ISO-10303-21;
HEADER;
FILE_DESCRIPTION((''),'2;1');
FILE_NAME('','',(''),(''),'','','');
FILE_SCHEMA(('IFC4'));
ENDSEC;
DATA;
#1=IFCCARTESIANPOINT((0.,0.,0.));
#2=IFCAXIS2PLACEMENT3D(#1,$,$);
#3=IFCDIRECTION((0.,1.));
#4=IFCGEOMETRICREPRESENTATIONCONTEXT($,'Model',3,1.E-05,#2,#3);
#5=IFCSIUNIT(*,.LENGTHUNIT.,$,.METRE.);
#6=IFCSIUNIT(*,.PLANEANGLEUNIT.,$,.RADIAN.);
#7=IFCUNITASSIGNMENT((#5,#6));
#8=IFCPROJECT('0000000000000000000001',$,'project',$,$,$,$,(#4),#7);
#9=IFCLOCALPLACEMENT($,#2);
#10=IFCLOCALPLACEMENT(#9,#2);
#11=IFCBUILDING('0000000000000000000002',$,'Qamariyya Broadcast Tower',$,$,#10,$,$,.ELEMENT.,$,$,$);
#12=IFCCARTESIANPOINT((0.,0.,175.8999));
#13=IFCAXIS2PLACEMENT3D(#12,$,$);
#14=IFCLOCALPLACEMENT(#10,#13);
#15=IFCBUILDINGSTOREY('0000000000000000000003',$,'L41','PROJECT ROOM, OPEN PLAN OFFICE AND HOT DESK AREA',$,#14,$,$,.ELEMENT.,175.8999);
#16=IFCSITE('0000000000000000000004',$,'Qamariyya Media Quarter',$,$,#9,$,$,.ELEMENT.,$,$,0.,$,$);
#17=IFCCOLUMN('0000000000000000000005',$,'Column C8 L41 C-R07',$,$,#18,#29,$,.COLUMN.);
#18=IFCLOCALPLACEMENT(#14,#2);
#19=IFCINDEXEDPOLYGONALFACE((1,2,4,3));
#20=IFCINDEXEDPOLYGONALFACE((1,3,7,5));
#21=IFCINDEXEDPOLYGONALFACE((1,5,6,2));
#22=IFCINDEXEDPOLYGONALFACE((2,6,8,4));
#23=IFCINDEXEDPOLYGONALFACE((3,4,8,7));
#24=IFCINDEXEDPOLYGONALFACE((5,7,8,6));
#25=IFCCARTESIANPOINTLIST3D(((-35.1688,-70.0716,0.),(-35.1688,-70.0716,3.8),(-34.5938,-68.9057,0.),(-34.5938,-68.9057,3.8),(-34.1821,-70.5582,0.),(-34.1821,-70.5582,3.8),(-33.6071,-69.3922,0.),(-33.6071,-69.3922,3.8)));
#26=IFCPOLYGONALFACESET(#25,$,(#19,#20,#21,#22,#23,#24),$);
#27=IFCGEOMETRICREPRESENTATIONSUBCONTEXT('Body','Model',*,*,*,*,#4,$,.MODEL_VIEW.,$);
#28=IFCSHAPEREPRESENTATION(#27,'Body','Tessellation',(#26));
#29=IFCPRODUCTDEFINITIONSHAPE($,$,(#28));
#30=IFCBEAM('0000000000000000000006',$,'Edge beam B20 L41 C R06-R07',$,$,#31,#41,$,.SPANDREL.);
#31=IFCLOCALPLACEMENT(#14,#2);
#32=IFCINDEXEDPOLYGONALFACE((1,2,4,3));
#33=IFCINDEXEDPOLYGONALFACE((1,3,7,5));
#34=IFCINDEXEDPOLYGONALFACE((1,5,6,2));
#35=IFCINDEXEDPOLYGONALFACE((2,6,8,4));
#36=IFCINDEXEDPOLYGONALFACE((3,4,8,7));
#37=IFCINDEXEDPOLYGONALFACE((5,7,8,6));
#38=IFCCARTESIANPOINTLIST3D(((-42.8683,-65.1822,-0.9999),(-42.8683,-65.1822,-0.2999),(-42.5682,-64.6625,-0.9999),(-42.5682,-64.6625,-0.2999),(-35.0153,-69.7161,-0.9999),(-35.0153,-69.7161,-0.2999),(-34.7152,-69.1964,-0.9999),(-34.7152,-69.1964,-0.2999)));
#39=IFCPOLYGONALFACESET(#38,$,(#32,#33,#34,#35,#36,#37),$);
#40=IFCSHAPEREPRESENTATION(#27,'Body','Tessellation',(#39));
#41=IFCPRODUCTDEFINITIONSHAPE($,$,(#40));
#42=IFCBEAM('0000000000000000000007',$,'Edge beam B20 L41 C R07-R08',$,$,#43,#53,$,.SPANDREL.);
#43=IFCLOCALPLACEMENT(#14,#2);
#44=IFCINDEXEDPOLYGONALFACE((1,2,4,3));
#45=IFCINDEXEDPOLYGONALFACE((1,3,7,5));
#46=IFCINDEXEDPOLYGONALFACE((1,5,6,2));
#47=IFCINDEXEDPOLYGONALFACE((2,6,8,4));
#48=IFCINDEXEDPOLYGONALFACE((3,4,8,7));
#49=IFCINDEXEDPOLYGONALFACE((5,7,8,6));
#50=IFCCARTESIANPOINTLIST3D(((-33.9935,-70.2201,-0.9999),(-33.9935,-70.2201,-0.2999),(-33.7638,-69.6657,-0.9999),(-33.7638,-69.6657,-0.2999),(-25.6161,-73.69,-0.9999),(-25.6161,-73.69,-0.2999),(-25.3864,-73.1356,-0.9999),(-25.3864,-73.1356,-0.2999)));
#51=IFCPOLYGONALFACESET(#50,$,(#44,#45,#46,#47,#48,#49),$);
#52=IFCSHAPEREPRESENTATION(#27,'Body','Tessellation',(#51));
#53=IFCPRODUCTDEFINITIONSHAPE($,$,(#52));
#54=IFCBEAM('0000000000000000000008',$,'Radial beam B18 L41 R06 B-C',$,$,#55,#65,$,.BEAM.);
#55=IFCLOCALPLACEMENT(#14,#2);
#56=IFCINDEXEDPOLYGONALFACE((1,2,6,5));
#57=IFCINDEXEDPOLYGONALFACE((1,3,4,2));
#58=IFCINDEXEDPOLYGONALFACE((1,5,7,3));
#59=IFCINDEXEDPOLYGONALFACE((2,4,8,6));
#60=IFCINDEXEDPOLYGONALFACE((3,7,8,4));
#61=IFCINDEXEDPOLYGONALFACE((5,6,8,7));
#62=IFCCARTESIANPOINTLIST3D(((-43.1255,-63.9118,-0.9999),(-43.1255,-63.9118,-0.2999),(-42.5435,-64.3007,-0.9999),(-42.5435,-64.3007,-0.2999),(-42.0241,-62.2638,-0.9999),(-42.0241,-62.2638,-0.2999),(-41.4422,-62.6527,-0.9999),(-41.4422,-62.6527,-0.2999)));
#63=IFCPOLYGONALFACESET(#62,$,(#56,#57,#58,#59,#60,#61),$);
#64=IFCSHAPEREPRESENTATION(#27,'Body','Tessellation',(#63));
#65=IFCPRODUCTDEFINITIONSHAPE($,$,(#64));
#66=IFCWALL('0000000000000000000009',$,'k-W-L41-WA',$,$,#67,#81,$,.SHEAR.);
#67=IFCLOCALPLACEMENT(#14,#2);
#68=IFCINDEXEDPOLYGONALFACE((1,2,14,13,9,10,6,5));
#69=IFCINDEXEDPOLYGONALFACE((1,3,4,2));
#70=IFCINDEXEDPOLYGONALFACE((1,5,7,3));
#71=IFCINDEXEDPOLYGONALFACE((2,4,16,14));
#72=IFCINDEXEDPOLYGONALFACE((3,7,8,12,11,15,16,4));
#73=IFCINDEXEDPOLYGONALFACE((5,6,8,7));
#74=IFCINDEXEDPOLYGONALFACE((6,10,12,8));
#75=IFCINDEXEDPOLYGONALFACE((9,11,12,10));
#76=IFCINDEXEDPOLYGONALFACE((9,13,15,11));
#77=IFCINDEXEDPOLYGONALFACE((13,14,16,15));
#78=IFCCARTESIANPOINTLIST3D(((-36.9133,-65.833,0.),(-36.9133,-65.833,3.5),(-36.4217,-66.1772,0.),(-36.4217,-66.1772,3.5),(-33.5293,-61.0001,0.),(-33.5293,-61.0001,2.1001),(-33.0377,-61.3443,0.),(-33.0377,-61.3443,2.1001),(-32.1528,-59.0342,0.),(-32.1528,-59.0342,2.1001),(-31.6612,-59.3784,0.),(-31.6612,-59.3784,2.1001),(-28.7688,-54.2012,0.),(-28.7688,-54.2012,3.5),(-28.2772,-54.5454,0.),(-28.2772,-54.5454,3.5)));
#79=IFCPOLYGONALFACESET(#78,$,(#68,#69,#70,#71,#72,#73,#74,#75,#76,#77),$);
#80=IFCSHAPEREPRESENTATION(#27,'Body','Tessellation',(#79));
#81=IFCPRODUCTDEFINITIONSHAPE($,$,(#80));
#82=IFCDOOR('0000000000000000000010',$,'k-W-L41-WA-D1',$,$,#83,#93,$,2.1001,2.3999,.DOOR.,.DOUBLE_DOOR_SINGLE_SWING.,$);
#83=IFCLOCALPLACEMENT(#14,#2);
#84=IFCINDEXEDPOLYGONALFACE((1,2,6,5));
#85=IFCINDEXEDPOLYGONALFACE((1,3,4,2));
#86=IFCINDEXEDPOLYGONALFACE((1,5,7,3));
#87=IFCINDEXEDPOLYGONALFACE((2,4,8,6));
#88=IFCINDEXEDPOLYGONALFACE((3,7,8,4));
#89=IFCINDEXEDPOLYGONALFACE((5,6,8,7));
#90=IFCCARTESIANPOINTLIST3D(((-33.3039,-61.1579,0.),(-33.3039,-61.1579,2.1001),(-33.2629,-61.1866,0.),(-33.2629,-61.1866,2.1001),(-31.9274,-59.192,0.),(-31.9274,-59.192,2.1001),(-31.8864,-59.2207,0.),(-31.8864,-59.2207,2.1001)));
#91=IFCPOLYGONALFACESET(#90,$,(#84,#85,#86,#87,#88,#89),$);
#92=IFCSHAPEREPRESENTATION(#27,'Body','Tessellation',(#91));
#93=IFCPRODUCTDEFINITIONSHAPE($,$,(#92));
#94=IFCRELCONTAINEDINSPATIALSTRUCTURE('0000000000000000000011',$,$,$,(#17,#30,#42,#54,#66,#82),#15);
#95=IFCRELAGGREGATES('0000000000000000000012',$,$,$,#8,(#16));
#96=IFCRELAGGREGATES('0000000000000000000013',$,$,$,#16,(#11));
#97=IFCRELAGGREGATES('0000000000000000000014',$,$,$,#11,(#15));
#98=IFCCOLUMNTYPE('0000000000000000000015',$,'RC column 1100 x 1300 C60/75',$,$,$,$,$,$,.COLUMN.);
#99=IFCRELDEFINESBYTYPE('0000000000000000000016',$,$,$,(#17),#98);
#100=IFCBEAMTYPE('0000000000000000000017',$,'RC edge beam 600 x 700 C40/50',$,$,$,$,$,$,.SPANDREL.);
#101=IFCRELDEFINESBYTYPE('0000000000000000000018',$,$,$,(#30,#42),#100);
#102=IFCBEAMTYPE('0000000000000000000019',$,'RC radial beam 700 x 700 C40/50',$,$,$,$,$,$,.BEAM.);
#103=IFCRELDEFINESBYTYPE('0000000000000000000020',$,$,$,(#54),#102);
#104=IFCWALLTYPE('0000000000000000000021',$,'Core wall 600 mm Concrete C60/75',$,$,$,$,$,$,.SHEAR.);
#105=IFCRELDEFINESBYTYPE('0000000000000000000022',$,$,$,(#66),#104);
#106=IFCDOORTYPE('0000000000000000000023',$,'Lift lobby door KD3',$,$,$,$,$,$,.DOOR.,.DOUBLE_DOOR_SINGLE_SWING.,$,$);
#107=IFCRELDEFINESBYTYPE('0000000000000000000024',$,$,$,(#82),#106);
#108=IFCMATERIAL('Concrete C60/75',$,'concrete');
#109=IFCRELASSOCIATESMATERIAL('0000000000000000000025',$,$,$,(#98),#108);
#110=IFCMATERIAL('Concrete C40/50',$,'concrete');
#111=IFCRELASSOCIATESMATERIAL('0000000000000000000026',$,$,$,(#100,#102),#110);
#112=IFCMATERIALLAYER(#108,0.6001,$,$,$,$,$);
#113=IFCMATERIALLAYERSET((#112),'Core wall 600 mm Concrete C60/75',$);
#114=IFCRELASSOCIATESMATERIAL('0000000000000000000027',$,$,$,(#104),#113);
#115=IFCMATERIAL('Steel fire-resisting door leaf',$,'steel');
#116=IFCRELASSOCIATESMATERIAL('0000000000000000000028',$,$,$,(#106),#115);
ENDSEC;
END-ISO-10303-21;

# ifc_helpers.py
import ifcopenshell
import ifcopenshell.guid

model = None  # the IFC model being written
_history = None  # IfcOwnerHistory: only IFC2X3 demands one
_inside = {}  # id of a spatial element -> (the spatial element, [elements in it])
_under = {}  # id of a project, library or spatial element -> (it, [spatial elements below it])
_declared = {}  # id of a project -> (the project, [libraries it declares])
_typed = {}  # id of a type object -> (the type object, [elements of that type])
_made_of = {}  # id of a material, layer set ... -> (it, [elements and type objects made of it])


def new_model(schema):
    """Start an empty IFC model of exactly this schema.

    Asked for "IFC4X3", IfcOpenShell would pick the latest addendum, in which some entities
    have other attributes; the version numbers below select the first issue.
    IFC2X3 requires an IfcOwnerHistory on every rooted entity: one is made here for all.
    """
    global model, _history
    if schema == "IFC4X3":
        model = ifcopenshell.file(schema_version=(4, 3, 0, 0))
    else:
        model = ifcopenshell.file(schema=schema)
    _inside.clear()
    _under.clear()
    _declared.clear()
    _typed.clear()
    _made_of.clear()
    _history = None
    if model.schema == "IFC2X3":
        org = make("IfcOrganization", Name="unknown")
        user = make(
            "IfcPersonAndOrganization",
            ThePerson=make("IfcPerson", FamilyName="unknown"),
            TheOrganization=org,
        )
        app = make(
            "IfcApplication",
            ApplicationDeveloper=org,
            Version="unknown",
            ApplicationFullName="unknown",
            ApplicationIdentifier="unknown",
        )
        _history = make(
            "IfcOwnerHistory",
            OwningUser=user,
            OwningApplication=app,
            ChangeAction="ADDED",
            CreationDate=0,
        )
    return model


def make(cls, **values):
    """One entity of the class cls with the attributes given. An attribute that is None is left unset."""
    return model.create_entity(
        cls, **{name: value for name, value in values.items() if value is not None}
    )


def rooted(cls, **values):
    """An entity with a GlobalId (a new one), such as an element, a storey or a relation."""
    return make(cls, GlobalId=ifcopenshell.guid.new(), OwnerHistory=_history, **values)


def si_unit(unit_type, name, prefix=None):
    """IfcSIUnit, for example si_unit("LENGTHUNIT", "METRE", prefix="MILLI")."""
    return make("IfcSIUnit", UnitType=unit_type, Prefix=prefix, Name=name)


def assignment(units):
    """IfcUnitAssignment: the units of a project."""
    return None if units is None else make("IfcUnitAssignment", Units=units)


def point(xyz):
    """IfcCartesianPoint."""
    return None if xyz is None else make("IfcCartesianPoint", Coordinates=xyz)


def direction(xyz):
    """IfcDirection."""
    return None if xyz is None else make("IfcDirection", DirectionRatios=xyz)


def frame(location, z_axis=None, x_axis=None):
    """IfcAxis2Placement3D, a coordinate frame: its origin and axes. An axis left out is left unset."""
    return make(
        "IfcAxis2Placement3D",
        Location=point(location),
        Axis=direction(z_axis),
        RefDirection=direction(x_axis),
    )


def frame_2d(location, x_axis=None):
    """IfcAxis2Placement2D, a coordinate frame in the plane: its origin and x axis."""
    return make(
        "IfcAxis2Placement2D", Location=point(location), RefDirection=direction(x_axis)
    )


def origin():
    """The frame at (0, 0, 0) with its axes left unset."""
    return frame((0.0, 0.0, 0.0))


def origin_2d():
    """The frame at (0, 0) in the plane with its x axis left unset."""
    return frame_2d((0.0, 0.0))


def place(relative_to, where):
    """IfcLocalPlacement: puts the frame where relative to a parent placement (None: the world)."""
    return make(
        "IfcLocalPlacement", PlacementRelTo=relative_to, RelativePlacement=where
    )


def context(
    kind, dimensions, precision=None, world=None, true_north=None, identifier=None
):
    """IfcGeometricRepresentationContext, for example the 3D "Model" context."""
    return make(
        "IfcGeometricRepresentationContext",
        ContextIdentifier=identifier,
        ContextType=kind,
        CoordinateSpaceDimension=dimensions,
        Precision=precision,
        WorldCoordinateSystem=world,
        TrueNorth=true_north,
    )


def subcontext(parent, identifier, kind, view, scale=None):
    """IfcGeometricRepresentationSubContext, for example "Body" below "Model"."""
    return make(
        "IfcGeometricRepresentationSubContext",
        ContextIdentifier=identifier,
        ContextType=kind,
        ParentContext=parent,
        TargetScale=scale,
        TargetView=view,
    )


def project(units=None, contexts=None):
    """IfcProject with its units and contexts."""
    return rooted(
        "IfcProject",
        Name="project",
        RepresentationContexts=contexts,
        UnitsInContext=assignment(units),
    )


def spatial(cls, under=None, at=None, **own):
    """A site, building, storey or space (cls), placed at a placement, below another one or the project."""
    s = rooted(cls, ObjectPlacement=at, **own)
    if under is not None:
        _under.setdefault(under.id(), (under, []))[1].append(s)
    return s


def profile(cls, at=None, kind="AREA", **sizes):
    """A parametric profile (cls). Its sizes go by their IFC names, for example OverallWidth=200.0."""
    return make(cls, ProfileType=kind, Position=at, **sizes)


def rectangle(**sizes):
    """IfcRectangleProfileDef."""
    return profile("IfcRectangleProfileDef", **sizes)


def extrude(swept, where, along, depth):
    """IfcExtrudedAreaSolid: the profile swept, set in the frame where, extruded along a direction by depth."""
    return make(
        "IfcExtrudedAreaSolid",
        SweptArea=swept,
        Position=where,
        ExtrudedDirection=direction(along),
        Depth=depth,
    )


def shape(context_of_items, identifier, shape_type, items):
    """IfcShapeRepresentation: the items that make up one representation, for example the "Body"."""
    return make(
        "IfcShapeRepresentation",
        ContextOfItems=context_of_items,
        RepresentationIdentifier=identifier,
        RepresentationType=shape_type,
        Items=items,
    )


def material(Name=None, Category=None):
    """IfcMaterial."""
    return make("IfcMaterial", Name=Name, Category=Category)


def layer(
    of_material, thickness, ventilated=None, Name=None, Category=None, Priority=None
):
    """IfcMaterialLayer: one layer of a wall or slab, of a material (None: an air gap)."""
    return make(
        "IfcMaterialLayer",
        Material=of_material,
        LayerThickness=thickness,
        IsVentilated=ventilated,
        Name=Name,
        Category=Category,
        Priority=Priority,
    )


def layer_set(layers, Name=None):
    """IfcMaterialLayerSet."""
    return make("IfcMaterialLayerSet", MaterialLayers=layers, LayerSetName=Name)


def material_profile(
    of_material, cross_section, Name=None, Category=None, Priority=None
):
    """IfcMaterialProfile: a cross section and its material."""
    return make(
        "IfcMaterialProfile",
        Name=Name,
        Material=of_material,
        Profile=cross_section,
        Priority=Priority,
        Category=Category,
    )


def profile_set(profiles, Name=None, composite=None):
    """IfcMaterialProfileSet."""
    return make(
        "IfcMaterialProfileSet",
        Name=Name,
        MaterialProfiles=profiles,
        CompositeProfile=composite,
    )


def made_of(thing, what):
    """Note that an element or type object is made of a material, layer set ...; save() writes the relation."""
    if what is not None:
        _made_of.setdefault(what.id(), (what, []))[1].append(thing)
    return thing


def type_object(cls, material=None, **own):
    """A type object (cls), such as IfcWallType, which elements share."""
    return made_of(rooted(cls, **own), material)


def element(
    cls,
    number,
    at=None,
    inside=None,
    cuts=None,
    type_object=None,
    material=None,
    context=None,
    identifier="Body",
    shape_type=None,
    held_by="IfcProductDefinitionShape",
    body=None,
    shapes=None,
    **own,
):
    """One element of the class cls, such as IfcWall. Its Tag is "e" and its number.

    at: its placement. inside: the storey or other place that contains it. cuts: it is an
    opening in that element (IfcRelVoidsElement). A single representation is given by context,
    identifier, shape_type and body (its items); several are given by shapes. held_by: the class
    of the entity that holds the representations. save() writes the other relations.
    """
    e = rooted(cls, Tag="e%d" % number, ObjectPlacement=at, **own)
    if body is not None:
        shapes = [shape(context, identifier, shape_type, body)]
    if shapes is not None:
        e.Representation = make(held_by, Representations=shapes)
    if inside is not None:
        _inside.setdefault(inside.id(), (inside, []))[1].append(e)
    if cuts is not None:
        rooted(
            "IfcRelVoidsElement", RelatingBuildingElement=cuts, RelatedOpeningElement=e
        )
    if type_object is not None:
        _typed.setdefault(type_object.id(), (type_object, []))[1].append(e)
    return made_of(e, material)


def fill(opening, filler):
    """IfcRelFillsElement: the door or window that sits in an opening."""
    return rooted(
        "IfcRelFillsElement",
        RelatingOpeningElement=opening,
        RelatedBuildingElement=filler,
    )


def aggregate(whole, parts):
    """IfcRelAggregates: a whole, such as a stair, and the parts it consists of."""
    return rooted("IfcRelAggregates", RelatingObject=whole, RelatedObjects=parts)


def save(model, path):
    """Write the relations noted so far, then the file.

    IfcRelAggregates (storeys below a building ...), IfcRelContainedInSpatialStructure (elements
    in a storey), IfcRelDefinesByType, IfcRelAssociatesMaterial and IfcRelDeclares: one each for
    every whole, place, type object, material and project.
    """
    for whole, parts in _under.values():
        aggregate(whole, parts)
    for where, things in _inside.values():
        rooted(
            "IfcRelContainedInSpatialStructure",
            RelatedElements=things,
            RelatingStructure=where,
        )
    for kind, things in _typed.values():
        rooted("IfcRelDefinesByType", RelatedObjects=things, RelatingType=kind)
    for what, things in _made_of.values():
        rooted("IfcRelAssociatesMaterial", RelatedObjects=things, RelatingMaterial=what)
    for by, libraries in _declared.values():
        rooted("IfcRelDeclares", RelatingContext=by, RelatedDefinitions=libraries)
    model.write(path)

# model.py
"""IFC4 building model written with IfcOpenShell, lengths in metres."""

from ifc_helpers import new_model, si_unit, direction, frame, frame_2d, origin, origin_2d, place, context, subcontext, project, spatial, rectangle, extrude, material, layer, layer_set, material_profile, profile_set, type_object, element, fill, save


model = new_model("IFC4")

# Units and contexts
model_context = context("Model", 3, precision=1e-05, world=origin(), true_north=direction((0.0, 1.0)))
body_context = subcontext(model_context, "Body", "Model", "MODEL_VIEW")
ifc_project = project(units=[si_unit("LENGTHUNIT", "METRE"), si_unit("PLANEANGLEUNIT", "RADIAN")], contexts=[model_context])

# Site, building, storey
site_placement = place(None, origin())
site = spatial("IfcSite", under=ifc_project, at=site_placement, Name="Qamariyya Media Quarter", CompositionType="ELEMENT", RefElevation=0.0)
building_placement = place(site_placement, origin())
building = spatial("IfcBuilding", under=site, at=building_placement, Name="Qamariyya Broadcast Tower", CompositionType="ELEMENT")
storey_placement = place(building_placement, frame((0.0, 0.0, 175.8999)))
storey = spatial("IfcBuildingStorey", under=building, at=storey_placement, Name="L41", Description="PROJECT ROOM, OPEN PLAN OFFICE AND HOT DESK AREA", CompositionType="ELEMENT", Elevation=175.8999)

# Column
ifc_material_1 = material(Name="Concrete C60/75", Category="concrete")
ifc_material_profile_1 = material_profile(ifc_material_1, rectangle(XDim=1.1001, YDim=1.3, at=origin_2d()))
ifc_profile_set_1 = profile_set([ifc_material_profile_1], Name="Concrete C60/75")
column_type = type_object("IfcColumnType", Name="RC column 1100 x 1300 C60/75", PredefinedType="COLUMN", material=ifc_profile_set_1)
column_placement = place(storey_placement, frame((-34.3879, -69.7319, 0.0), z_axis=(0.0, 0.0, 1.0), x_axis=(0.896873, -0.442289, 0.0)))
element("IfcColumn", 1, at=column_placement, inside=storey, type_object=column_type, Name="Column C8 L41 C-R07", PredefinedType="COLUMN", context=body_context, shape_type="SweptSolid", body=[
    extrude(rectangle(XDim=1.1001, YDim=1.3, at=origin_2d()), origin(), (0.0, 0.0, 1.0), 3.8),
])

# Beams
ifc_material_2 = material(Name="Concrete C40/50", Category="concrete")
ifc_material_profile_2 = material_profile(ifc_material_2, rectangle(XDim=0.6001, YDim=0.7, at=origin_2d()))
ifc_profile_set_2 = profile_set([ifc_material_profile_2], Name="Concrete C40/50")
beam_type_1 = type_object("IfcBeamType", Name="RC edge beam 600 x 700 C40/50", PredefinedType="SPANDREL", material=ifc_profile_set_2)
beam_1_placement = place(storey_placement, frame((-42.7183, -64.9224, -0.6499), z_axis=(0.866026, -0.499999, 0.0), x_axis=(0.499999, 0.866026, 0.0)))
element("IfcBeam", 2, at=beam_1_placement, inside=storey, type_object=beam_type_1, Name="Edge beam B20 L41 C R06-R07", PredefinedType="SPANDREL", context=body_context, shape_type="SweptSolid", body=[
    extrude(rectangle(XDim=0.6001, YDim=0.7, at=origin_2d()), origin(), (0.0, 0.0, 1.0), 9.0679),
])
beam_2_placement = place(storey_placement, frame((-33.8787, -69.9429, -0.6499), z_axis=(0.923883, -0.382676, 0.0), x_axis=(0.382676, 0.923883, 0.0)))
element("IfcBeam", 3, at=beam_2_placement, inside=storey, type_object=beam_type_1, Name="Edge beam B20 L41 C R07-R08", PredefinedType="SPANDREL", context=body_context, shape_type="SweptSolid", body=[
    extrude(rectangle(XDim=0.6001, YDim=0.7, at=origin_2d()), origin(), (0.0, 0.0, 1.0), 9.0676),
])
ifc_material_profile_3 = material_profile(ifc_material_2, rectangle(XDim=0.7, YDim=0.7, at=origin_2d()))
ifc_profile_set_3 = profile_set([ifc_material_profile_3], Name="Concrete C40/50")
beam_type_2 = type_object("IfcBeamType", Name="RC radial beam 700 x 700 C40/50", PredefinedType="BEAM", material=ifc_profile_set_3)
beam_3_placement = place(storey_placement, frame((-41.7332, -62.4583, -0.6499), z_axis=(-0.555638, -0.831424, 0.0), x_axis=(0.831424, -0.555638, 0.0)))
element("IfcBeam", 4, at=beam_3_placement, inside=storey, type_object=beam_type_2, Name="Radial beam B18 L41 R06 B-C", PredefinedType="BEAM", context=body_context, shape_type="SweptSolid", body=[
    extrude(rectangle(XDim=0.7, YDim=0.7, at=origin_2d()), origin(), (0.0, 0.0, 1.0), 1.9822),
])

# Wall, opening, door
ifc_layer_1 = layer(ifc_material_1, 0.6001)
ifc_layer_set_1 = layer_set([ifc_layer_1], Name="Core wall 600 mm Concrete C60/75")
wall_type_1 = type_object("IfcWallType", Name="Core wall 600 mm Concrete C60/75", PredefinedType="SHEAR", material=ifc_layer_set_1)
wall_1_placement = place(storey_placement, frame((-36.6675, -66.0051, 0.0), z_axis=(0.0, 0.0, 1.0), x_axis=(0.573568, 0.819158, 0.0)))
wall_1 = element("IfcWall", 5, at=wall_1_placement, inside=storey, type_object=wall_type_1, Name="k-W-L41-WA", PredefinedType="SHEAR", context=body_context, shape_type="SweptSolid", body=[
    extrude(rectangle(XDim=14.1997, YDim=0.6001, at=frame_2d((7.0999, 0.0))), origin(), (0.0, 0.0, 1.0), 3.5),
])
opening_1_placement = place(wall_1_placement, frame((5.8999, 0.0, 0.0)))
opening_1 = element("IfcOpeningElement", 6, at=opening_1_placement, cuts=wall_1, PredefinedType="OPENING", context=body_context, shape_type="SweptSolid", body=[
    extrude(rectangle(XDim=2.3999, YDim=2.1001, at=frame_2d((1.2, 1.05))), frame((0.0, 0.3101, 0.0), z_axis=(0.0, -1.0, 0.0), x_axis=(1.0, 0.0, 0.0)), (0.0, 0.0, 1.0), 0.6201),
])
ifc_material_3 = material(Name="Steel fire-resisting door leaf", Category="steel")
door_type_1 = type_object("IfcDoorType", Name="Lift lobby door KD3", OperationType="DOUBLE_DOOR_SINGLE_SWING", PredefinedType="DOOR", material=ifc_material_3)
door_1_placement = place(opening_1_placement, origin())
door_1 = element("IfcDoor", 7, at=door_1_placement, inside=storey, type_object=door_type_1, Name="k-W-L41-WA-D1", OperationType="DOUBLE_DOOR_SINGLE_SWING", OverallHeight=2.1001, OverallWidth=2.3999, PredefinedType="DOOR", context=body_context, shape_type="SweptSolid", body=[
    extrude(rectangle(XDim=2.3999, YDim=2.1001, at=frame_2d((1.2, 1.05))), frame((0.0, 0.0249, 0.0), z_axis=(0.0, -1.0, 0.0), x_axis=(1.0, 0.0, 0.0)), (0.0, 0.0, 1.0), 0.05),
])
fill(opening_1, door_1)

save(model, "model.ifc")
